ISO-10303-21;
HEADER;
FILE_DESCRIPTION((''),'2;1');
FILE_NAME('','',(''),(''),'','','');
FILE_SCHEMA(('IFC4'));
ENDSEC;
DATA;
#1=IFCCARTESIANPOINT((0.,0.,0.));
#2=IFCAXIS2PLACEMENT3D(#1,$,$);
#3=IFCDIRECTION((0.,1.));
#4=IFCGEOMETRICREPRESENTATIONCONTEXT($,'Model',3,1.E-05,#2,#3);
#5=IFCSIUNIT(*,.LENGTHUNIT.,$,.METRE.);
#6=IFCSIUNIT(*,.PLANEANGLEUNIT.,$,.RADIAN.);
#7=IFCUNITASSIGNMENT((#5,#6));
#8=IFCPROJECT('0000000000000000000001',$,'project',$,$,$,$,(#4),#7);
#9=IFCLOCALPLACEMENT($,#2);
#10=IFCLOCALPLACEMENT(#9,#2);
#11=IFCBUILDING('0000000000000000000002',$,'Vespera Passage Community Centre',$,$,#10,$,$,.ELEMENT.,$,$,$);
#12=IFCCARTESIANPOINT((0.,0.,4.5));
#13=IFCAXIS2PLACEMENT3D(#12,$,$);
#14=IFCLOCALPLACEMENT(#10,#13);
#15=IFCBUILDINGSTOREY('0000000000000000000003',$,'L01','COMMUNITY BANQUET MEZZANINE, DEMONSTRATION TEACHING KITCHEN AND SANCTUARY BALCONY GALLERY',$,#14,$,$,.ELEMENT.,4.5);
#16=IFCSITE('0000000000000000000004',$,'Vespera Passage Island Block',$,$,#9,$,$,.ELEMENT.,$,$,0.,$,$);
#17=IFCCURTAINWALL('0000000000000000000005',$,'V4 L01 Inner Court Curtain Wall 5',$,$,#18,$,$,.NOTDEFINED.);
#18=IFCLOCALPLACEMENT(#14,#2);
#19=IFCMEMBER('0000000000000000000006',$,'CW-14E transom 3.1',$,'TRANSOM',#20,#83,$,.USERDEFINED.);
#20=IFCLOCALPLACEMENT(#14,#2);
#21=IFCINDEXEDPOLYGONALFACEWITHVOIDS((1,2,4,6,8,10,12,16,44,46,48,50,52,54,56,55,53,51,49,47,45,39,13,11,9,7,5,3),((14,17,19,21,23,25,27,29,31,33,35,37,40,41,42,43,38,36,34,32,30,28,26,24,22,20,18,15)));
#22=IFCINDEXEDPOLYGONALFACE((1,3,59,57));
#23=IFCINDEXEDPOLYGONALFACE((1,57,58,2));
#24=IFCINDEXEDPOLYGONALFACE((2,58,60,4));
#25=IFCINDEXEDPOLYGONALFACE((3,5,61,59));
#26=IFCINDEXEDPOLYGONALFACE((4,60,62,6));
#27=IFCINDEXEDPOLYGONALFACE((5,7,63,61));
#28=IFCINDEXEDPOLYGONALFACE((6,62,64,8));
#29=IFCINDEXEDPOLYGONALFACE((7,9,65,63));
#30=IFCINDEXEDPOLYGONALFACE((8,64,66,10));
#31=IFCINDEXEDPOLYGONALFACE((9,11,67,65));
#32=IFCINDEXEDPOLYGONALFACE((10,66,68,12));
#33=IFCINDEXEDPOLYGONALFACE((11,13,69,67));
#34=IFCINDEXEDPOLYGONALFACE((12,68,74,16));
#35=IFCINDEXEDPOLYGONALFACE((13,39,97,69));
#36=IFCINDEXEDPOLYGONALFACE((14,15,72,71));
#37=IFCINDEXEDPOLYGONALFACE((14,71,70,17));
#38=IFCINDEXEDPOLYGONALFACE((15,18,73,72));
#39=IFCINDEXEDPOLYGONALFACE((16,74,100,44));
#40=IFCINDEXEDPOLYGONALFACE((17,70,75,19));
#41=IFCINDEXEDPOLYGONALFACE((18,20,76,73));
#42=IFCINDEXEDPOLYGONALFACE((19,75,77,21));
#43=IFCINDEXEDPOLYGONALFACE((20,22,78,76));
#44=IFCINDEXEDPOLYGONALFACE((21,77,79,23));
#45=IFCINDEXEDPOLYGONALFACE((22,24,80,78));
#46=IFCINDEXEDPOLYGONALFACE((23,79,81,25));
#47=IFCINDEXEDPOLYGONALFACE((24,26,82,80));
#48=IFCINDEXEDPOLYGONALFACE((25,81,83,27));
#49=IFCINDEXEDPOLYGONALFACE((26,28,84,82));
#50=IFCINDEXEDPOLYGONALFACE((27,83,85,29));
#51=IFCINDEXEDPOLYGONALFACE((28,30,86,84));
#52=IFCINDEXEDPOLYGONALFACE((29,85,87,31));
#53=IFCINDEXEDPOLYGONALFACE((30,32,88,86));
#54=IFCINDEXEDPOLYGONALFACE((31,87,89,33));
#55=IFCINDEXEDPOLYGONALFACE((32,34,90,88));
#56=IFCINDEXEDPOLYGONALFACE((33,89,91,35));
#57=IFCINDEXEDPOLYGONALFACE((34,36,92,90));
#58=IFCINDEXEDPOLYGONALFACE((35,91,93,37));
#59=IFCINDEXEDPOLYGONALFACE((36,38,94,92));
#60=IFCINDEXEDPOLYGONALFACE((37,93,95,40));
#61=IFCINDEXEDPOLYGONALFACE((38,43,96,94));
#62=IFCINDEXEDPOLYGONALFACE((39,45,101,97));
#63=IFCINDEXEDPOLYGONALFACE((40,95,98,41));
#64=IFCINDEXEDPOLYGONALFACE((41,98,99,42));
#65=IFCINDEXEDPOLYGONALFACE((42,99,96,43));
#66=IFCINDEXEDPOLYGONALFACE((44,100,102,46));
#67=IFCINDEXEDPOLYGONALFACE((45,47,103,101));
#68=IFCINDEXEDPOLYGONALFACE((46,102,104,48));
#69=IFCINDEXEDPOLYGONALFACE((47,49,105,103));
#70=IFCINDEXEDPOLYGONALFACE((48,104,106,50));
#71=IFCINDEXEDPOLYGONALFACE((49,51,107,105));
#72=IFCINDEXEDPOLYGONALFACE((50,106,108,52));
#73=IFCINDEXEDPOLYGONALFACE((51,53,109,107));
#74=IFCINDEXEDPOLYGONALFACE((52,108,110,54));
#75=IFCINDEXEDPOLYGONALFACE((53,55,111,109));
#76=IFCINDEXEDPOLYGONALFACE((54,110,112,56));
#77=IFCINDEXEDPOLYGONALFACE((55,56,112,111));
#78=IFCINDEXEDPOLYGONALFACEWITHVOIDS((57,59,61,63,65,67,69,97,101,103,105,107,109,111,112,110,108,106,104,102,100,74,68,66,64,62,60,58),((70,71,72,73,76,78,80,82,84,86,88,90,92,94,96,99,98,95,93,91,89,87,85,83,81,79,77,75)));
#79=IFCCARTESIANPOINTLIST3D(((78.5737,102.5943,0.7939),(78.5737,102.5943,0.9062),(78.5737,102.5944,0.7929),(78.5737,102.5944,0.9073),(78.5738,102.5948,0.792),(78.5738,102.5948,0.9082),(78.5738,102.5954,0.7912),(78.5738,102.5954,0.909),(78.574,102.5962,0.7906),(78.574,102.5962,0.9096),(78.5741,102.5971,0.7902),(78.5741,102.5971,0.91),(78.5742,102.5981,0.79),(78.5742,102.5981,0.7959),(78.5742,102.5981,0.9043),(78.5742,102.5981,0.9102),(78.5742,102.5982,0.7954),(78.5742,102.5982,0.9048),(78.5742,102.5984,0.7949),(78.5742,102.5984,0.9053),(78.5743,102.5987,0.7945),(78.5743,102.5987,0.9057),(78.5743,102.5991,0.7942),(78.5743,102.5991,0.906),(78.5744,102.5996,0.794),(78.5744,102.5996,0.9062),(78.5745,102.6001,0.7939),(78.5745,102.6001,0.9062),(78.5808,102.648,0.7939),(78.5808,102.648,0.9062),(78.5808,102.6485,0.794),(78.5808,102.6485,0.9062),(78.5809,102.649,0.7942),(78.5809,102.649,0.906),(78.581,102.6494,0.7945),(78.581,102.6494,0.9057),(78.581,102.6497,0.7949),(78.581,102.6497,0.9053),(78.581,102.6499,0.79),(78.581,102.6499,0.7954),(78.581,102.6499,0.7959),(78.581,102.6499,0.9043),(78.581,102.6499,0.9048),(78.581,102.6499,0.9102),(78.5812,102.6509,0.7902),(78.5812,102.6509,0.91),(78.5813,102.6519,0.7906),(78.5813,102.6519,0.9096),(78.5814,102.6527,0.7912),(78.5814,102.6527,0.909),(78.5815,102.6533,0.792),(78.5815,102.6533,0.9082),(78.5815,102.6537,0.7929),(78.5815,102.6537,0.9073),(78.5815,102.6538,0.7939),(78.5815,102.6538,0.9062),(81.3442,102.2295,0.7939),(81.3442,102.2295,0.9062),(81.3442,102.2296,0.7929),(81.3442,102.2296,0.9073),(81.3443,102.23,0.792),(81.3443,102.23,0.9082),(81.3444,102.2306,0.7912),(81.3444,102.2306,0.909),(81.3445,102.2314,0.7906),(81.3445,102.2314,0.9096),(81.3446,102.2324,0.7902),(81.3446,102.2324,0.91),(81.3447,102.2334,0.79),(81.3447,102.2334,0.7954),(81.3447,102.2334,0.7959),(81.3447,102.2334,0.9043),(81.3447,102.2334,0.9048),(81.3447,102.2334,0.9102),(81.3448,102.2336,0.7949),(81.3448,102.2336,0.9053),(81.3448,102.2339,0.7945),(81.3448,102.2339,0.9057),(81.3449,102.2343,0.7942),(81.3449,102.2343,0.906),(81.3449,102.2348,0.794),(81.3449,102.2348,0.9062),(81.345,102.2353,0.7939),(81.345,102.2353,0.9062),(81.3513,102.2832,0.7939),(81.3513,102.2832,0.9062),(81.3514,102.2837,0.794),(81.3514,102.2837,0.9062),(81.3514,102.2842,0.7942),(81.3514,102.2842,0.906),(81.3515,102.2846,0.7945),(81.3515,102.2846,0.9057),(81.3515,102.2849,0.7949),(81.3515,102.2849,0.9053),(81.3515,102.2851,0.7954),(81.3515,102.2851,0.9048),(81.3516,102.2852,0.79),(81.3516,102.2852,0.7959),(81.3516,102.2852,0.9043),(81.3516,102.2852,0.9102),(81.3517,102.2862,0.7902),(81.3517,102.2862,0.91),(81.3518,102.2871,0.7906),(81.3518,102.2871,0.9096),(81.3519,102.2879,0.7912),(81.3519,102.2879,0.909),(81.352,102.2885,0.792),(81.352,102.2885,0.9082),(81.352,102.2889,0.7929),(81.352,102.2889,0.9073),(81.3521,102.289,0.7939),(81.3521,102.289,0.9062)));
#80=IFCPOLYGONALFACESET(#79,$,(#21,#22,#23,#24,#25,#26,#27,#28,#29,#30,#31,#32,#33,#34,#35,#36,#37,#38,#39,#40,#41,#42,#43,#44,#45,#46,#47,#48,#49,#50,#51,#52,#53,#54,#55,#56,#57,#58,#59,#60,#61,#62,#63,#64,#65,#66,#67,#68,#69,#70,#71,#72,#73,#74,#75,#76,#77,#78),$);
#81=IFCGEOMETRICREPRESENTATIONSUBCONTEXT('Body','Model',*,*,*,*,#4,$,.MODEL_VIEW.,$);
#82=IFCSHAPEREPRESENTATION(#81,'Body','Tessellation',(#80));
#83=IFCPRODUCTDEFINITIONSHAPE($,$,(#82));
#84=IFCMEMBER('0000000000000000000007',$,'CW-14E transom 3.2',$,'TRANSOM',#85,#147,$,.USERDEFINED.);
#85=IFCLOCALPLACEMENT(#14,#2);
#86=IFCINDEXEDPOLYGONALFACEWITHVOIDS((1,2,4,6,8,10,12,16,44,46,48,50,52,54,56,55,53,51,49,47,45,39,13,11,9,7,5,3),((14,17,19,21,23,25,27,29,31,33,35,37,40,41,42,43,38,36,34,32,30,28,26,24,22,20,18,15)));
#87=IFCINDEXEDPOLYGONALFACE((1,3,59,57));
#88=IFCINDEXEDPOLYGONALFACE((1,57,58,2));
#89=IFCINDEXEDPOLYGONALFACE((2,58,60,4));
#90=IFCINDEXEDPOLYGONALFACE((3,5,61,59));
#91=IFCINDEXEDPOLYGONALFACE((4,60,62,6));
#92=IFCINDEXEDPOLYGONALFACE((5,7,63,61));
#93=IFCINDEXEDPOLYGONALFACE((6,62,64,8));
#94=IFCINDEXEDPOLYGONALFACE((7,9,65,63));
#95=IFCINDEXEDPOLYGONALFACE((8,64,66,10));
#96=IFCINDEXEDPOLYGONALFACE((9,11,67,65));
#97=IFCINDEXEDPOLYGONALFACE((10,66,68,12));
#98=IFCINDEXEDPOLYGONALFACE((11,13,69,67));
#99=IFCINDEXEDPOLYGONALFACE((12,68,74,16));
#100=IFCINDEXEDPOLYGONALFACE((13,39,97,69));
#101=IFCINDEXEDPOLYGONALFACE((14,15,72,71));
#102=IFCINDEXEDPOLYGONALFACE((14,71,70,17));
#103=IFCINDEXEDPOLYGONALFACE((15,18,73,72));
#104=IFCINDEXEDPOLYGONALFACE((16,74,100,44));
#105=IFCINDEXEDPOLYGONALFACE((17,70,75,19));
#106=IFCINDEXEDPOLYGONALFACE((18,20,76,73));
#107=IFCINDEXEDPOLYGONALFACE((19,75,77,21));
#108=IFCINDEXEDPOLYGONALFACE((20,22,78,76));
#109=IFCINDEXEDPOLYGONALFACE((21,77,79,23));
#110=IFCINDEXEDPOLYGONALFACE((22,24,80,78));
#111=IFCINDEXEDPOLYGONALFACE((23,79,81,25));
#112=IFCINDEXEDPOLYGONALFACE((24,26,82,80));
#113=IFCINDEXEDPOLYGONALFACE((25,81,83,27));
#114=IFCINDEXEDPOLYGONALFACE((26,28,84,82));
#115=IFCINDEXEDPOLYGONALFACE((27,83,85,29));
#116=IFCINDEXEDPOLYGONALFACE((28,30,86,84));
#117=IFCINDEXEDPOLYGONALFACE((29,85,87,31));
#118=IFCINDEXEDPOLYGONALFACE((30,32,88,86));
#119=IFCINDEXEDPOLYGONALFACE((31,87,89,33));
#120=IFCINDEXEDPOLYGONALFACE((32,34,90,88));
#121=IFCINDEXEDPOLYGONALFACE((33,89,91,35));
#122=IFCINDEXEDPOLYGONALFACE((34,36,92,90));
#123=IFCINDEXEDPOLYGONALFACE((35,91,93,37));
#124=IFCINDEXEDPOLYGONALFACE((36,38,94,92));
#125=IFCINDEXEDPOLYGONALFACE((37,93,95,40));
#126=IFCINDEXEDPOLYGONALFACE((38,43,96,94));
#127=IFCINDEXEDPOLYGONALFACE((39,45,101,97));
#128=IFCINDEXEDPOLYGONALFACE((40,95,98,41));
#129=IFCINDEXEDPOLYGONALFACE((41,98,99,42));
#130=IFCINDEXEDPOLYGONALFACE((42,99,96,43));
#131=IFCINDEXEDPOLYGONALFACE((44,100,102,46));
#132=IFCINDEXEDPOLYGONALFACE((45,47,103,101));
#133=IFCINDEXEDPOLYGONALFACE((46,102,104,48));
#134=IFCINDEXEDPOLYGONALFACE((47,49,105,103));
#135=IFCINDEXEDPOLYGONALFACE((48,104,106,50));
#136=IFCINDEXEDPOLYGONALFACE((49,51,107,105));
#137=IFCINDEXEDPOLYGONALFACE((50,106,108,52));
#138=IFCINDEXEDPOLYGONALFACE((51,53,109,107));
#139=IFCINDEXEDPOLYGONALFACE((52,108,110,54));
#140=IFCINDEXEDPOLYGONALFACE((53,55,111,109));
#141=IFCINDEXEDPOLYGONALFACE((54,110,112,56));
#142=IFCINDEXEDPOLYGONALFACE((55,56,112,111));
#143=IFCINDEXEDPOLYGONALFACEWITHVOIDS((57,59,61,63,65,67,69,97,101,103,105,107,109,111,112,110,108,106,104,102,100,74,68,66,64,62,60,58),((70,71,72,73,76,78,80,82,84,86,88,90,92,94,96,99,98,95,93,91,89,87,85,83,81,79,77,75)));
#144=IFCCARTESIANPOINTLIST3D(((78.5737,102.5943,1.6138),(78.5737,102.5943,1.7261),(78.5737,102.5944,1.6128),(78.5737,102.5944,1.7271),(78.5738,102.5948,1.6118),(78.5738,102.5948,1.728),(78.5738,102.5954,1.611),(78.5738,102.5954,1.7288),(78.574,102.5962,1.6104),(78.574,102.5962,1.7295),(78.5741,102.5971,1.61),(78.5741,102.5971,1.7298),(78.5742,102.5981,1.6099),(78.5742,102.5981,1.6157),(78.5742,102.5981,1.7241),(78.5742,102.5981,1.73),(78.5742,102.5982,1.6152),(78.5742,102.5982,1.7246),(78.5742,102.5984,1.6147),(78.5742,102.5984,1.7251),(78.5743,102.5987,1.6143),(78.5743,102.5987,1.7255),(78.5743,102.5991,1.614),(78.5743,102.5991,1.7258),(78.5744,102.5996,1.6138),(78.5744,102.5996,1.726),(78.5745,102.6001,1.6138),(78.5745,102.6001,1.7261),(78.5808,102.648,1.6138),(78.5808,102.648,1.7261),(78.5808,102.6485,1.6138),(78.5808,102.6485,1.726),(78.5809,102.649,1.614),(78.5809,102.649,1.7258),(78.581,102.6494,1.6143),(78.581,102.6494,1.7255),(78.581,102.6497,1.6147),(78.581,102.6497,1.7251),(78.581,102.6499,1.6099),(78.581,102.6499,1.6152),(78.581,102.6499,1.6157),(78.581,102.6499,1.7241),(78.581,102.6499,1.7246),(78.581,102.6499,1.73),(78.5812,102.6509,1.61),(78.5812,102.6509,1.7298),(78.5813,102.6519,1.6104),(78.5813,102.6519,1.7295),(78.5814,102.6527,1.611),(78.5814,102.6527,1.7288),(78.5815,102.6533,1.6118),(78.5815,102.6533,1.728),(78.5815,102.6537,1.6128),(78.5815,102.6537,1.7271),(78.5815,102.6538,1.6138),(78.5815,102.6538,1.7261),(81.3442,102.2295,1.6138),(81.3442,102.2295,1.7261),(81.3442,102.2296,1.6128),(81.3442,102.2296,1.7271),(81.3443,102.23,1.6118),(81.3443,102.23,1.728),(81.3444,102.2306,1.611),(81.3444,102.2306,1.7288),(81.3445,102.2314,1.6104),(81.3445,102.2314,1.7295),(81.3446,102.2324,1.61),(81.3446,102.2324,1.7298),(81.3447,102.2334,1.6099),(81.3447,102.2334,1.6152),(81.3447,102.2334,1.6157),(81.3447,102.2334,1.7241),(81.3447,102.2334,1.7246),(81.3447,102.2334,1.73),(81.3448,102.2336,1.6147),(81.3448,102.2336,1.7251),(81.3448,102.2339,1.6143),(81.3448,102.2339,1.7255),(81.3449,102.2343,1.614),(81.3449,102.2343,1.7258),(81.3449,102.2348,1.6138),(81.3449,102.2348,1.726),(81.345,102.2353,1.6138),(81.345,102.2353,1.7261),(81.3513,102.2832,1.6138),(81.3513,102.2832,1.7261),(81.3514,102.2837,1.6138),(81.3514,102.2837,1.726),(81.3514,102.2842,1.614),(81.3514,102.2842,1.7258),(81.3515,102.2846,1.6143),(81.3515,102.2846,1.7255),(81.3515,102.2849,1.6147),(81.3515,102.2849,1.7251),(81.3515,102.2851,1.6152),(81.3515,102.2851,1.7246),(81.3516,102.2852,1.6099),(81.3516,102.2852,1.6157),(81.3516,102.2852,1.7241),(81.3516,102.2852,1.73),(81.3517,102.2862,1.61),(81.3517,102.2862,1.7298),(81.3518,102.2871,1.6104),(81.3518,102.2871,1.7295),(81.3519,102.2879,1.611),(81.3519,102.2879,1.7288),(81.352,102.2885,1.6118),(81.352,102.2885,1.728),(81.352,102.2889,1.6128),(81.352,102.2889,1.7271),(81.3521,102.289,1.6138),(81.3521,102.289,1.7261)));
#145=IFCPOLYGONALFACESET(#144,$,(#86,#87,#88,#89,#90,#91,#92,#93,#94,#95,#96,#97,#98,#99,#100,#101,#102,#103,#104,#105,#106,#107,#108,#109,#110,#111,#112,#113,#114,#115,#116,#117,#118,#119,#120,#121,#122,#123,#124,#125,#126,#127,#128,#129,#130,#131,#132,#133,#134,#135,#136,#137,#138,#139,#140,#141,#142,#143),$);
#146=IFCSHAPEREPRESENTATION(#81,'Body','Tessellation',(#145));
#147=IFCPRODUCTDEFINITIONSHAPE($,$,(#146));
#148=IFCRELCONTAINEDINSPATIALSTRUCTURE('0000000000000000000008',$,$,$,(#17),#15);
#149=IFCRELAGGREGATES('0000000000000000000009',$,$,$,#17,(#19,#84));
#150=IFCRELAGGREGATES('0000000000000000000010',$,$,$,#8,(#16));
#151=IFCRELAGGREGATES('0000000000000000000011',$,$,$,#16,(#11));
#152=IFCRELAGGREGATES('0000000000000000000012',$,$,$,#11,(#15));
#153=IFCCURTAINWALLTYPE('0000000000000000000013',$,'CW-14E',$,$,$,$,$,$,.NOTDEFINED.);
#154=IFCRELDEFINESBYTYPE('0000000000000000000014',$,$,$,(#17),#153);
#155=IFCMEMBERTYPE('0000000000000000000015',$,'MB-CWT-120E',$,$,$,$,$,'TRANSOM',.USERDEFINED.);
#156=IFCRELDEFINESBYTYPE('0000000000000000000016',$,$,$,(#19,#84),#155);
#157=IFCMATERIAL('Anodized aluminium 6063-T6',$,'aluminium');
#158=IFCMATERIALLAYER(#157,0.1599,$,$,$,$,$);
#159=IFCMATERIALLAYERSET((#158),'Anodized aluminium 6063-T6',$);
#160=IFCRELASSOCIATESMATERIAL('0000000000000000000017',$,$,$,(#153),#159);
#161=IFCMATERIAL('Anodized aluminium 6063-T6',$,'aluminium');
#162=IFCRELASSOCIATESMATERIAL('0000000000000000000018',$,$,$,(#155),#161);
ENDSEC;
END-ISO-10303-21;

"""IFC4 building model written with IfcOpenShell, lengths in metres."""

from ifc_helpers import new_model, si_unit, direction, frame, origin, origin_2d, place, context, subcontext, project, spatial, hollow_rectangle, extrude, material, layer, layer_set, material_profile, profile_set, type_object, element, aggregate, save


model = new_model("IFC4")

# Units and contexts
model_context = context("Model", 3, precision=1e-05, world=origin(), true_north=direction((0.0, 1.0)))
body_context = subcontext(model_context, "Body", "Model", "MODEL_VIEW")
ifc_project = project(units=[si_unit("LENGTHUNIT", "METRE"), si_unit("PLANEANGLEUNIT", "RADIAN")], contexts=[model_context])

# Site, building, storey
site_placement = place(None, origin())
site = spatial("IfcSite", under=ifc_project, at=site_placement, Name="Vespera Passage Island Block", CompositionType="ELEMENT", RefElevation=0.0)
building_placement = place(site_placement, origin())
building = spatial("IfcBuilding", under=site, at=building_placement, Name="Vespera Passage Community Centre", CompositionType="ELEMENT")
storey_placement = place(building_placement, frame((0.0, 0.0, 4.5)))
storey = spatial("IfcBuildingStorey", under=building, at=storey_placement, Name="L01", Description="COMMUNITY BANQUET MEZZANINE, DEMONSTRATION TEACHING KITCHEN AND SANCTUARY BALCONY GALLERY", CompositionType="ELEMENT", Elevation=4.5)

# Curtain wall
ifc_material_1 = material(Name="Anodized aluminium 6063-T6", Category="aluminium")
ifc_layer_1 = layer(ifc_material_1, 0.1599)
ifc_layer_set_1 = layer_set([ifc_layer_1], Name="Anodized aluminium 6063-T6")
curtain_wall_type_1 = type_object("IfcCurtainWallType", Name="CW-14E", PredefinedType="NOTDEFINED", material=ifc_layer_set_1)
curtain_wall_1_placement = place(storey_placement, origin())
curtain_wall_1 = element("IfcCurtainWall", 1, at=curtain_wall_1_placement, inside=storey, type_object=curtain_wall_type_1, Name="V4 L01 Inner Court Curtain Wall 5", PredefinedType="NOTDEFINED")

# Members
ifc_material_2 = material(Name="Anodized aluminium 6063-T6", Category="aluminium")
ifc_material_profile_1 = material_profile(ifc_material_2, hollow_rectangle(XDim=0.0601, YDim=0.1201, WallThickness=0.0039, InnerFilletRadius=0.002, OuterFilletRadius=0.0039, at=origin_2d()), Name="ALU120X60X4")
ifc_profile_set_1 = profile_set([ifc_material_profile_1], Name="Anodized aluminium 6063-T6")
member_type_1 = type_object("IfcMemberType", Name="MB-CWT-120E", ElementType="TRANSOM", PredefinedType="USERDEFINED", material=ifc_profile_set_1)
member_1_placement = place(storey_placement, frame((81.3481, 102.2593, 0.8501), z_axis=(-0.991445, 0.130527, 0.0), x_axis=(-0.130527, -0.991445, 0.0)))
member_1 = element("IfcMember", 2, at=member_1_placement, type_object=member_type_1, Name="CW-14E transom 3.1", ObjectType="TRANSOM", PredefinedType="USERDEFINED", context=body_context, shape_type="SweptSolid", body=[
    extrude(hollow_rectangle(XDim=0.0601, YDim=0.1201, WallThickness=0.0039, InnerFilletRadius=0.002, OuterFilletRadius=0.0039, at=origin_2d()), origin(), (0.0, 0.0, 1.0), 2.7944),
])
member_2_placement = place(storey_placement, frame((81.3481, 102.2593, 1.6699), z_axis=(-0.991445, 0.130527, 0.0), x_axis=(-0.130527, -0.991445, 0.0)))
member_2 = element("IfcMember", 3, at=member_2_placement, type_object=member_type_1, Name="CW-14E transom 3.2", ObjectType="TRANSOM", PredefinedType="USERDEFINED", context=body_context, shape_type="SweptSolid", body=[
    extrude(hollow_rectangle(XDim=0.0601, YDim=0.1201, WallThickness=0.0039, InnerFilletRadius=0.002, OuterFilletRadius=0.0039, at=origin_2d()), origin(), (0.0, 0.0, 1.0), 2.7944),
])

aggregate(curtain_wall_1, [member_1, member_2])

save(model, "model.ifc")
